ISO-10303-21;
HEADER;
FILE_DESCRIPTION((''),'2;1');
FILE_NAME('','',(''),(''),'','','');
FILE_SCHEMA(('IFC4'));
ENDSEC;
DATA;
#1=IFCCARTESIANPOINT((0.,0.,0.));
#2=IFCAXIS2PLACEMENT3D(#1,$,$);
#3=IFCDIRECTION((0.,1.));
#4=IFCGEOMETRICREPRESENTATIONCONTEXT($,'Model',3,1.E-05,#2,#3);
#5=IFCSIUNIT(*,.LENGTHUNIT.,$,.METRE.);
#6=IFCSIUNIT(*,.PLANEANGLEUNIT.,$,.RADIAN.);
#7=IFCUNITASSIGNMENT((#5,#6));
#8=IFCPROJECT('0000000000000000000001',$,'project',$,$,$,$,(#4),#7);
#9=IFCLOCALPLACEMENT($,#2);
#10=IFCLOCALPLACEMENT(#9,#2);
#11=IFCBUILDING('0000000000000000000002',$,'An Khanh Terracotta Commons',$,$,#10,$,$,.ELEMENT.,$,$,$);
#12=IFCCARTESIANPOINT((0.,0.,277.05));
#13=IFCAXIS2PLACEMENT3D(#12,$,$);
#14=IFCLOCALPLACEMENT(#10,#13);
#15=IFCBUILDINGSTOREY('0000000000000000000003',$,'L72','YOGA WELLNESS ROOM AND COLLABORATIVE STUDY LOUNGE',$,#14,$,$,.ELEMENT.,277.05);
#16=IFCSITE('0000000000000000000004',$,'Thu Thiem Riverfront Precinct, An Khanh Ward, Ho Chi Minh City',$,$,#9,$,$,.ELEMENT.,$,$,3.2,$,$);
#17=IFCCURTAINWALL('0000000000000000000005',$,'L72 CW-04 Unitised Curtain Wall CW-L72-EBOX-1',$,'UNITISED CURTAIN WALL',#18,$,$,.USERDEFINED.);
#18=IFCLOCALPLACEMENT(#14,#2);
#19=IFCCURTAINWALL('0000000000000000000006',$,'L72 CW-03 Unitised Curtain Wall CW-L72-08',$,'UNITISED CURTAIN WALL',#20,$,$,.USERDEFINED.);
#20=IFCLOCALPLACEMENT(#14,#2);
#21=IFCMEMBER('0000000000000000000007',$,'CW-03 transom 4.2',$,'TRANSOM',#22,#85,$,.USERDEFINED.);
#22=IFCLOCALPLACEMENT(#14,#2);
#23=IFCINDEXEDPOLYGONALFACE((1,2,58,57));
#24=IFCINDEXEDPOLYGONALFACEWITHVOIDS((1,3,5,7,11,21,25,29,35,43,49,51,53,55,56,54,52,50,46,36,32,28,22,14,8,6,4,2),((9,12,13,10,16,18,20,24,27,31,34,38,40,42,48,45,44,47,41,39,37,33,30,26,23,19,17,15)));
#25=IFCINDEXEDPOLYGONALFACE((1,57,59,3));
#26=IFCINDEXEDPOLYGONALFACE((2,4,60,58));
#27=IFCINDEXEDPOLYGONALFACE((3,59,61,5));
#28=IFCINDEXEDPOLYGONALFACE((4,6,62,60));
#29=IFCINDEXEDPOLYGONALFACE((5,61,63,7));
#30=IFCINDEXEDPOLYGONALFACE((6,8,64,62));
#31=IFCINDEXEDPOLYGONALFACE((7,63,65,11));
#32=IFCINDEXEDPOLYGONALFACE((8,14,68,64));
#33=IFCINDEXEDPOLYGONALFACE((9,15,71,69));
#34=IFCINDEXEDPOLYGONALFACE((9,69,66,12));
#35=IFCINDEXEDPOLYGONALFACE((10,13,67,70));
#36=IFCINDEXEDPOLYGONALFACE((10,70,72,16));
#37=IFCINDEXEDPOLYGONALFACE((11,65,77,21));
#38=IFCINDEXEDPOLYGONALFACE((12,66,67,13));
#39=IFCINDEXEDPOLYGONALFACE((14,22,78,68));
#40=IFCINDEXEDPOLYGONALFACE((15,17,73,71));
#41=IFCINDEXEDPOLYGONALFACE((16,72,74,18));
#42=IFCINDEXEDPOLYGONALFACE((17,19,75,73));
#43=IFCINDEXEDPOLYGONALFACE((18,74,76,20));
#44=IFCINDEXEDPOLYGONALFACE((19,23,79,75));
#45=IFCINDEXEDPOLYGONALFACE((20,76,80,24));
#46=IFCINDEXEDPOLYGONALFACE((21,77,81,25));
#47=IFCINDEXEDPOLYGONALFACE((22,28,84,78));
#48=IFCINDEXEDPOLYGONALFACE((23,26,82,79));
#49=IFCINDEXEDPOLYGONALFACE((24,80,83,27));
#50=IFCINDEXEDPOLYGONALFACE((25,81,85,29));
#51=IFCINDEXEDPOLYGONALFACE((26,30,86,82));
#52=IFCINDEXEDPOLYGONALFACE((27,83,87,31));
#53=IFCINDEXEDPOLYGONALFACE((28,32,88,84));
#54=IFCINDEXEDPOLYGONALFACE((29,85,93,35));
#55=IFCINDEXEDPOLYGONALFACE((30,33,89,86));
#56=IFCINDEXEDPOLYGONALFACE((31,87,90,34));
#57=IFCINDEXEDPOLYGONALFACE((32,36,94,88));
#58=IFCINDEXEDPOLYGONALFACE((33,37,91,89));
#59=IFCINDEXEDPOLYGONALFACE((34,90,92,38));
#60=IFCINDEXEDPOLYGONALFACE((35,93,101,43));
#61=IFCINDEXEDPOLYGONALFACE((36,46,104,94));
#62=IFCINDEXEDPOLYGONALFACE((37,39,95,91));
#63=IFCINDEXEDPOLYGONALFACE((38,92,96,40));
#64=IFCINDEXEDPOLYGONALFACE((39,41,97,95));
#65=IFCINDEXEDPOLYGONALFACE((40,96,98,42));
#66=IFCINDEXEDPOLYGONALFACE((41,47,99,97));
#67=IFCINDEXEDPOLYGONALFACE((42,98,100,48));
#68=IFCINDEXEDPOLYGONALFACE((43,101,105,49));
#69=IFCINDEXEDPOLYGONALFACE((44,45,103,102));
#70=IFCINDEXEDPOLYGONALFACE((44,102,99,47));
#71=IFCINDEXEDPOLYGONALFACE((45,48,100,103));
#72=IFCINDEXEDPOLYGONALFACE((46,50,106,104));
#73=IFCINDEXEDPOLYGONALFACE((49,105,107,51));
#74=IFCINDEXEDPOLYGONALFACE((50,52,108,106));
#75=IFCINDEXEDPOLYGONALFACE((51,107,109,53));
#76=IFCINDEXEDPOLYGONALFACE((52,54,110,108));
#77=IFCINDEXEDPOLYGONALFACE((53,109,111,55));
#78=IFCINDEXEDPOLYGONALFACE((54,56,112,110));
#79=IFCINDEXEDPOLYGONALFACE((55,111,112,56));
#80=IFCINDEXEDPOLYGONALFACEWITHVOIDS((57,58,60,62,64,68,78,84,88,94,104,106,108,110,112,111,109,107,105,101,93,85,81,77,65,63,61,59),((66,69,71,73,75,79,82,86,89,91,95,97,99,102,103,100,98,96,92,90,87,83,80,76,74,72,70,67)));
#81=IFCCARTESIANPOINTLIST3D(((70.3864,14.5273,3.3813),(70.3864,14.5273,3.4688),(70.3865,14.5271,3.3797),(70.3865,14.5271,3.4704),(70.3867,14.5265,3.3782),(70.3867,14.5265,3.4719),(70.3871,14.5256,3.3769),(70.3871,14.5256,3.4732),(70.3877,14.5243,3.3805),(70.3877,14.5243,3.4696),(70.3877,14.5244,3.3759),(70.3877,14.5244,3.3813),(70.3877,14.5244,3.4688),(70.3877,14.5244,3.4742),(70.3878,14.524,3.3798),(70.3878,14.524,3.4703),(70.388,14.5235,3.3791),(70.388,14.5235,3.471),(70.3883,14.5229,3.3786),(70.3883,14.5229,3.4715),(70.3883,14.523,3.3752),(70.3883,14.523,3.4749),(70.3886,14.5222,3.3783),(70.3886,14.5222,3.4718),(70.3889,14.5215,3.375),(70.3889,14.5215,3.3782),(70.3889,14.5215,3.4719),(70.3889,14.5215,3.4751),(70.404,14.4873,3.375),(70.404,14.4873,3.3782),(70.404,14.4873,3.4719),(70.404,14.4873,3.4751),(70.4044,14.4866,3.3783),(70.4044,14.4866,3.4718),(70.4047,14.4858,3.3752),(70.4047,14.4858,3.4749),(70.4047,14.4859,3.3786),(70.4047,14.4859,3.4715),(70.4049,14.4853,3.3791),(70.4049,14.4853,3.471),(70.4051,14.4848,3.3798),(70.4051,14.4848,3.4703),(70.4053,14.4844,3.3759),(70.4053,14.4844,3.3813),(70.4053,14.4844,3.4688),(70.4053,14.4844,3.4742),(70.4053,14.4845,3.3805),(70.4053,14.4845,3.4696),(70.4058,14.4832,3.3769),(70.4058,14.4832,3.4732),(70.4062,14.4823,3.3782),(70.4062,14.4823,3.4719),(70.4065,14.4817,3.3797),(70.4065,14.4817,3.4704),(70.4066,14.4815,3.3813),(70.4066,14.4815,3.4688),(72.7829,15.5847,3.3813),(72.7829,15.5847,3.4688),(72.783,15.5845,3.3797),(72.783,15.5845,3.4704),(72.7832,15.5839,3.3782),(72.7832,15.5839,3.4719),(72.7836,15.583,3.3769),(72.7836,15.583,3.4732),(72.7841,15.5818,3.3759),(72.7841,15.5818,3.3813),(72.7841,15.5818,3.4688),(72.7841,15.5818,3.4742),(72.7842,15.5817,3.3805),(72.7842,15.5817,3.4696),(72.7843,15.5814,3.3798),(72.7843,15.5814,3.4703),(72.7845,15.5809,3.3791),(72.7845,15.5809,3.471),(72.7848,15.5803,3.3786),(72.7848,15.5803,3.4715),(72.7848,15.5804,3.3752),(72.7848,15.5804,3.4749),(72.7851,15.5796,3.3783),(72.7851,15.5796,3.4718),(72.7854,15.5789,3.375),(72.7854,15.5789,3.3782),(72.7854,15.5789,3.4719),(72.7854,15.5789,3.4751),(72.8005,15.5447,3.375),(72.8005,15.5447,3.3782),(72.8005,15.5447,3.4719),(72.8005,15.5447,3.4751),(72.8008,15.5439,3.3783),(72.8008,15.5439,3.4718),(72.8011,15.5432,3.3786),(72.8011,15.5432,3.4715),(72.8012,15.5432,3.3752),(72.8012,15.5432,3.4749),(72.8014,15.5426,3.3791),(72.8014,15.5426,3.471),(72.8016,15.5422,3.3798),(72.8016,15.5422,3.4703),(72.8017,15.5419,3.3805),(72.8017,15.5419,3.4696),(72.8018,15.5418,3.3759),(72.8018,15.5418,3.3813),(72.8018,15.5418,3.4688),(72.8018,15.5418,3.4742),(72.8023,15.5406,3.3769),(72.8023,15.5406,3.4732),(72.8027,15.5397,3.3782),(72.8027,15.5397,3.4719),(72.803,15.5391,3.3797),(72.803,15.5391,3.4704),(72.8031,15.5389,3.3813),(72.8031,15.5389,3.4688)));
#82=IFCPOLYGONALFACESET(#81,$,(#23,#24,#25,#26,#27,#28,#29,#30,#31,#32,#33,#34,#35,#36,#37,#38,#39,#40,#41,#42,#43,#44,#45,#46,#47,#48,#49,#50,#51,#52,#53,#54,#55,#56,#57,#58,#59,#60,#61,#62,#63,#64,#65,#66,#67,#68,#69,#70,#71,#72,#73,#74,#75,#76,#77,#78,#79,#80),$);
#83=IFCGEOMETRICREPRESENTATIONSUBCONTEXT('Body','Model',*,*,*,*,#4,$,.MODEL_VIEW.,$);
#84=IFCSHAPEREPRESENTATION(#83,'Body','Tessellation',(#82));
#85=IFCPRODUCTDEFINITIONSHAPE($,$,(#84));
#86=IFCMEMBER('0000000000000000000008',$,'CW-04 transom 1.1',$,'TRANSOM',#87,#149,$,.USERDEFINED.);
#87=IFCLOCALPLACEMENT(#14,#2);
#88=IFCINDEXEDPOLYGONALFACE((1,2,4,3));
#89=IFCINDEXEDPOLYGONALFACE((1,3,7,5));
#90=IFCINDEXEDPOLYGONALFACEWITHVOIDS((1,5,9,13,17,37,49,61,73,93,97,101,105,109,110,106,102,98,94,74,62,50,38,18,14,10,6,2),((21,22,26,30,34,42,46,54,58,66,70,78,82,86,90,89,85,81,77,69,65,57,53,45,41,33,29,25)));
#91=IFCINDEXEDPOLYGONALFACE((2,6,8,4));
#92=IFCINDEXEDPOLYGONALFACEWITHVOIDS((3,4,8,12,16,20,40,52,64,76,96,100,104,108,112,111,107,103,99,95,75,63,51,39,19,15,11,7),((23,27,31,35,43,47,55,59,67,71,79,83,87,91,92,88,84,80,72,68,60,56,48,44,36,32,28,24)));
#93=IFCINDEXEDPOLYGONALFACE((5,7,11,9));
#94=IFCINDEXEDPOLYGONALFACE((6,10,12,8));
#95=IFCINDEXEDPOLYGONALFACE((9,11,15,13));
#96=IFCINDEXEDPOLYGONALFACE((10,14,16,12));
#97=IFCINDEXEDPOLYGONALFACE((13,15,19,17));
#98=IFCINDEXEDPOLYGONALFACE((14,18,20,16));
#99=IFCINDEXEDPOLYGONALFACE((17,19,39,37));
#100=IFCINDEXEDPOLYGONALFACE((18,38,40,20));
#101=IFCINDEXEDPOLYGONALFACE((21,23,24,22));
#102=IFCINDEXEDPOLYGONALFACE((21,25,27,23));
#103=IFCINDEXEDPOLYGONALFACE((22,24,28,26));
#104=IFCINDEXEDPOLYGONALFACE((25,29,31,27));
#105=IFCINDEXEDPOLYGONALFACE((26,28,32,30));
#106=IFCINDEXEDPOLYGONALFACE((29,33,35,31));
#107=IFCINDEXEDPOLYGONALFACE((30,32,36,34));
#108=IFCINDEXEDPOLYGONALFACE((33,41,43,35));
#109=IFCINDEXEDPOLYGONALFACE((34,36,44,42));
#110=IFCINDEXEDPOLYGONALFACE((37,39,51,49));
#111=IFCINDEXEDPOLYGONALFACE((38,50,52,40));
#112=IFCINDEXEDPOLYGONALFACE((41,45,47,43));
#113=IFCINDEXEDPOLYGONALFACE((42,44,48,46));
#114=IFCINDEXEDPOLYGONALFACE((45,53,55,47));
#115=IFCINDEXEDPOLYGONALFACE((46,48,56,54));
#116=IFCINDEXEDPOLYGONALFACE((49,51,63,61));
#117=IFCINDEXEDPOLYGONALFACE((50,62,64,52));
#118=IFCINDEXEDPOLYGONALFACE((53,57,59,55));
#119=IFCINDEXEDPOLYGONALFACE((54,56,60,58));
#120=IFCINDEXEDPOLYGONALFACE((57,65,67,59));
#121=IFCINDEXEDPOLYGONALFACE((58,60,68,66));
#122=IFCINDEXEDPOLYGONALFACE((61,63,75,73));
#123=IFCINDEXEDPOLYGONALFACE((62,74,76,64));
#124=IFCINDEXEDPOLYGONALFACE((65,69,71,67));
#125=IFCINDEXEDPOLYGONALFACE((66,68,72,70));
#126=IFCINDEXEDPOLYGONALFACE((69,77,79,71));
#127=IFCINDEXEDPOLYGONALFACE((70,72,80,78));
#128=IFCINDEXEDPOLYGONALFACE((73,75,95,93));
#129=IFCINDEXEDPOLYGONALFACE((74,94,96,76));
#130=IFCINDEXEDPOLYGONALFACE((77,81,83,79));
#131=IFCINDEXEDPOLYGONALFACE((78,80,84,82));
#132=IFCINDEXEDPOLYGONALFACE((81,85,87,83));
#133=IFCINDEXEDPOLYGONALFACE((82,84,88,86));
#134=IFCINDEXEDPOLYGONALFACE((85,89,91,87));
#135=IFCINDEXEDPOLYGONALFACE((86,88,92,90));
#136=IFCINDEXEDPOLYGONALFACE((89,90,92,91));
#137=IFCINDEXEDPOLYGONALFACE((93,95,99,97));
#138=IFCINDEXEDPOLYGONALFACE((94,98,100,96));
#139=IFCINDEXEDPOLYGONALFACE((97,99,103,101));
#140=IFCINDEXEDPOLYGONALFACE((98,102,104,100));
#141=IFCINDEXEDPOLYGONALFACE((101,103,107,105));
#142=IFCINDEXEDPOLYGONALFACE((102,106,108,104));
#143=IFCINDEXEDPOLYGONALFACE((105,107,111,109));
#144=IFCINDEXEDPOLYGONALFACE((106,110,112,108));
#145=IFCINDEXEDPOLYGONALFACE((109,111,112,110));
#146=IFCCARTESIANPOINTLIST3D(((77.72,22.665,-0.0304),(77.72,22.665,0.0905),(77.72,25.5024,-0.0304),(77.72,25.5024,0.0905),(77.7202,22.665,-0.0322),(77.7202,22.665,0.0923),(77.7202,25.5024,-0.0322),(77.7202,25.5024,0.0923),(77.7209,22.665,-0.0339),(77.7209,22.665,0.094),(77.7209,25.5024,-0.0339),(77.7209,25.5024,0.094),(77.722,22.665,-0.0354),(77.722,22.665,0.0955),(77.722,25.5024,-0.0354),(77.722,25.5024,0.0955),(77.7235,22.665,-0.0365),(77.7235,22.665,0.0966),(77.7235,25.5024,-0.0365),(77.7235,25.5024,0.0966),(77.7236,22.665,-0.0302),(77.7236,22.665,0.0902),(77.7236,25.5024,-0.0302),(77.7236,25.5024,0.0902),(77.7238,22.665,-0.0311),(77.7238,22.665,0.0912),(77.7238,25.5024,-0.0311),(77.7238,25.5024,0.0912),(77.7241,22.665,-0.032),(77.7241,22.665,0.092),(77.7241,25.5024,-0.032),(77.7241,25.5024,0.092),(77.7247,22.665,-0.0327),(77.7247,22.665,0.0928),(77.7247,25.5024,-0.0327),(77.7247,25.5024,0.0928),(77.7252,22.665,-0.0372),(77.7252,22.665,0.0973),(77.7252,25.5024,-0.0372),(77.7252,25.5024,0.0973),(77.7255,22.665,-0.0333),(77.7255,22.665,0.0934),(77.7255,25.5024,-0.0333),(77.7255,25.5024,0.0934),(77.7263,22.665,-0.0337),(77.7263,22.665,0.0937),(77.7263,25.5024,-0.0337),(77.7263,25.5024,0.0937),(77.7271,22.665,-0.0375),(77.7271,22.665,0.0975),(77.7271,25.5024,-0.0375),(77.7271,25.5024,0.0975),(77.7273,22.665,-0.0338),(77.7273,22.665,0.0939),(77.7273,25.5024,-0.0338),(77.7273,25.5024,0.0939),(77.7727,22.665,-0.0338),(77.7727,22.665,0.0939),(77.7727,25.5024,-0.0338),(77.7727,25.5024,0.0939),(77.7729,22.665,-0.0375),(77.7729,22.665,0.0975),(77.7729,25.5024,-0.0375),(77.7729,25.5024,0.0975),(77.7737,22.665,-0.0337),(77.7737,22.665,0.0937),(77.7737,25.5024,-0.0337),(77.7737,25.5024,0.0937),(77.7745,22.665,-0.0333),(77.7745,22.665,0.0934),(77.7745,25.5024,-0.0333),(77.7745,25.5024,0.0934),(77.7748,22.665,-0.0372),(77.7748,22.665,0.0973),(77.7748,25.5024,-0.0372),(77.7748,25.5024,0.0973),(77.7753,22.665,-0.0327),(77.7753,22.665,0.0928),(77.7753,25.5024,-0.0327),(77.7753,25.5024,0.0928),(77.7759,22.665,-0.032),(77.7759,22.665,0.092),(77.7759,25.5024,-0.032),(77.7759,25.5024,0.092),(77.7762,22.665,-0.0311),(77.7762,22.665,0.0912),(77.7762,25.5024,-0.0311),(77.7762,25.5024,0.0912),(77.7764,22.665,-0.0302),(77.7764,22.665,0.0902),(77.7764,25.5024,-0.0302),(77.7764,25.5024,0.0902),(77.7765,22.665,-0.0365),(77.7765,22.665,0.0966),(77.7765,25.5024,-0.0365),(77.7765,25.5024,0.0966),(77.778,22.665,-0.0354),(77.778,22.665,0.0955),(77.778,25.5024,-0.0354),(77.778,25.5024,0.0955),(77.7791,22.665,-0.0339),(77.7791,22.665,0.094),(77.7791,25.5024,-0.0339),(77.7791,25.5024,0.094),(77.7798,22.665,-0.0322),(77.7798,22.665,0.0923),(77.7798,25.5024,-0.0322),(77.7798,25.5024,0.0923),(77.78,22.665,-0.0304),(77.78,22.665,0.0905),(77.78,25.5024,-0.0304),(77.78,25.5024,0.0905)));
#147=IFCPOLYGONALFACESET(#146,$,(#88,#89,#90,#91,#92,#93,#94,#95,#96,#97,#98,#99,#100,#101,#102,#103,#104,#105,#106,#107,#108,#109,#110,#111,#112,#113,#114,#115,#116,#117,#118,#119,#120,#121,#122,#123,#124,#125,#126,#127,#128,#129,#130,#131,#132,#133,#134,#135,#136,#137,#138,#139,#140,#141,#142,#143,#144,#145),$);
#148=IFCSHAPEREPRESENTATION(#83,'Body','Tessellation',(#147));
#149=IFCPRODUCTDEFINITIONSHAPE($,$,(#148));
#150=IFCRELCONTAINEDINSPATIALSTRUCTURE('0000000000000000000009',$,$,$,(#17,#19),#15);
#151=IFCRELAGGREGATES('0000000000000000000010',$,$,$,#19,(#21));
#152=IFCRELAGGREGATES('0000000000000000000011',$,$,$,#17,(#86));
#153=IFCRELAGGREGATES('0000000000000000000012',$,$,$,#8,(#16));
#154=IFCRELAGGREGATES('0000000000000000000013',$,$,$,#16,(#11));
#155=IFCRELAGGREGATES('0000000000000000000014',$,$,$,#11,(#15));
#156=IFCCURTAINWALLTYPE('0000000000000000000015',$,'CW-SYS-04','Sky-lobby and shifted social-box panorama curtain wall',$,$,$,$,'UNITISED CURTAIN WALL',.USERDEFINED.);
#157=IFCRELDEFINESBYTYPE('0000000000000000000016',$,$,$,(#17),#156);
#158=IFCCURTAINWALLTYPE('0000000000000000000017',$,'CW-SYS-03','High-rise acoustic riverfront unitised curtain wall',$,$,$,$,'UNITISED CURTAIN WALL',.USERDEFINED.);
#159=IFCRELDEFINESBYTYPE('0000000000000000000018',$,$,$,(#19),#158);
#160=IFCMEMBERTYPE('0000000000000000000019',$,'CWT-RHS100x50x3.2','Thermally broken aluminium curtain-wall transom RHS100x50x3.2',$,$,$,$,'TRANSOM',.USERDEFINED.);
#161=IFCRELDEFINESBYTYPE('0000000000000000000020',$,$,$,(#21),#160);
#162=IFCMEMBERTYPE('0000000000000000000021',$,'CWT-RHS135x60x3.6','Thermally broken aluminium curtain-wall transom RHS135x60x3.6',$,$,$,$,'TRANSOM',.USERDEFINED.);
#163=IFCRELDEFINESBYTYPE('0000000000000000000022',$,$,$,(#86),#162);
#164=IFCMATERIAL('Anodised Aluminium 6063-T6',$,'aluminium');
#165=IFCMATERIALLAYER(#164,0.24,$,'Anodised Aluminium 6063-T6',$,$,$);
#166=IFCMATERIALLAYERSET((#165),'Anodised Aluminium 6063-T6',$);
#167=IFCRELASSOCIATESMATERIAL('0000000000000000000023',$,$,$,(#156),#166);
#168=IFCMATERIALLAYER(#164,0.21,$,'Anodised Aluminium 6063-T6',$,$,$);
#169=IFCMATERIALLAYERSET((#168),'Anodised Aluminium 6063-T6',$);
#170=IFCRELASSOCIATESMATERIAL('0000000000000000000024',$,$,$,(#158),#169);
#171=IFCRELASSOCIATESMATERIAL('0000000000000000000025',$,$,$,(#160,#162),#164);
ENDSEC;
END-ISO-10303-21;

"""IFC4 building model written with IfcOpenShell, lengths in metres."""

from ifc_helpers import new_model, si_unit, direction, frame, origin, origin_2d, place, context, subcontext, project, spatial, hollow_rectangle, extrude, material, layer, layer_set, material_profile, profile_set, type_object, element, aggregate, save


model = new_model("IFC4")

# Units and contexts
model_context = context("Model", 3, precision=1e-05, world=origin(), true_north=direction((0.0, 1.0)))
body_context = subcontext(model_context, "Body", "Model", "MODEL_VIEW")
ifc_project = project(units=[si_unit("LENGTHUNIT", "METRE"), si_unit("PLANEANGLEUNIT", "RADIAN")], contexts=[model_context])

# Site, building, storey
site_placement = place(None, origin())
site = spatial("IfcSite", under=ifc_project, at=site_placement, Name="Thu Thiem Riverfront Precinct, An Khanh Ward, Ho Chi Minh City", CompositionType="ELEMENT", RefElevation=3.2)
building_placement = place(site_placement, origin())
building = spatial("IfcBuilding", under=site, at=building_placement, Name="An Khanh Terracotta Commons", CompositionType="ELEMENT")
storey_placement = place(building_placement, frame((0.0, 0.0, 277.05)))
storey = spatial("IfcBuildingStorey", under=building, at=storey_placement, Name="L72", Description="YOGA WELLNESS ROOM AND COLLABORATIVE STUDY LOUNGE", CompositionType="ELEMENT", Elevation=277.05)

# Curtain wall
ifc_material_1 = material(Name="Anodised Aluminium 6063-T6", Category="aluminium")
ifc_layer_1 = layer(ifc_material_1, 0.24, Name="Anodised Aluminium 6063-T6")
ifc_layer_set_1 = layer_set([ifc_layer_1], Name="Anodised Aluminium 6063-T6")
curtain_wall_type_1 = type_object("IfcCurtainWallType", Name="CW-SYS-04", Description="Sky-lobby and shifted social-box panorama curtain wall", ElementType="UNITISED CURTAIN WALL", PredefinedType="USERDEFINED", material=ifc_layer_set_1)
curtain_wall_1_placement = place(storey_placement, origin())
curtain_wall_1 = element("IfcCurtainWall", 1, at=curtain_wall_1_placement, inside=storey, type_object=curtain_wall_type_1, Name="L72 CW-04 Unitised Curtain Wall CW-L72-EBOX-1", ObjectType="UNITISED CURTAIN WALL", PredefinedType="USERDEFINED")

# Curtain wall, member
ifc_layer_2 = layer(ifc_material_1, 0.21, Name="Anodised Aluminium 6063-T6")
ifc_layer_set_2 = layer_set([ifc_layer_2], Name="Anodised Aluminium 6063-T6")
curtain_wall_type_2 = type_object("IfcCurtainWallType", Name="CW-SYS-03", Description="High-rise acoustic riverfront unitised curtain wall", ElementType="UNITISED CURTAIN WALL", PredefinedType="USERDEFINED", material=ifc_layer_set_2)
curtain_wall_2_placement = place(storey_placement, origin())
curtain_wall_2 = element("IfcCurtainWall", 2, at=curtain_wall_2_placement, inside=storey, type_object=curtain_wall_type_2, Name="L72 CW-03 Unitised Curtain Wall CW-L72-08", ObjectType="UNITISED CURTAIN WALL", PredefinedType="USERDEFINED")
ifc_material_profile_1 = material_profile(ifc_material_1, hollow_rectangle(XDim=0.05, YDim=0.1001, WallThickness=0.0032, InnerFilletRadius=0.0032, OuterFilletRadius=0.0063, at=origin_2d()), Name="RHS100x50x3.2")
ifc_profile_set_1 = profile_set([ifc_material_profile_1], Name="Anodised Aluminium 6063-T6")
member_type_1 = type_object("IfcMemberType", Name="CWT-RHS100x50x3.2", Description="Thermally broken aluminium curtain-wall transom RHS100x50x3.2", ElementType="TRANSOM", PredefinedType="USERDEFINED", material=ifc_profile_set_1)
member_1_placement = place(storey_placement, frame((70.3965, 14.5044, 3.425), z_axis=(0.914904, 0.403672, 0.0), x_axis=(-0.403672, 0.914904, 0.0)))
member_1 = element("IfcMember", 3, at=member_1_placement, type_object=member_type_1, Name="CW-03 transom 4.2", ObjectType="TRANSOM", PredefinedType="USERDEFINED", context=body_context, shape_type="SweptSolid", body=[
    extrude(hollow_rectangle(XDim=0.05, YDim=0.1001, WallThickness=0.0032, InnerFilletRadius=0.0032, OuterFilletRadius=0.0063, at=origin_2d()), origin(), (0.0, 0.0, 1.0), 2.6194),
])

# Member
ifc_material_profile_2 = material_profile(ifc_material_1, hollow_rectangle(XDim=0.0601, YDim=0.135, WallThickness=0.0037, InnerFilletRadius=0.0037, OuterFilletRadius=0.0071, at=origin_2d()), Name="RHS135x60x3.6")
ifc_profile_set_2 = profile_set([ifc_material_profile_2], Name="Anodised Aluminium 6063-T6")
member_type_2 = type_object("IfcMemberType", Name="CWT-RHS135x60x3.6", Description="Thermally broken aluminium curtain-wall transom RHS135x60x3.6", ElementType="TRANSOM", PredefinedType="USERDEFINED", material=ifc_profile_set_2)
member_2_placement = place(storey_placement, frame((77.75, 22.665, 0.03), z_axis=(0.0, 1.0, 0.0), x_axis=(-1.0, 0.0, 0.0)))
member_2 = element("IfcMember", 4, at=member_2_placement, type_object=member_type_2, Name="CW-04 transom 1.1", ObjectType="TRANSOM", PredefinedType="USERDEFINED", context=body_context, shape_type="SweptSolid", body=[
    extrude(hollow_rectangle(XDim=0.0601, YDim=0.135, WallThickness=0.0037, InnerFilletRadius=0.0037, OuterFilletRadius=0.0071, at=origin_2d()), origin(), (0.0, 0.0, 1.0), 2.8374),
])

aggregate(curtain_wall_2, [member_1])
aggregate(curtain_wall_1, [member_2])

save(model, "model.ifc")
